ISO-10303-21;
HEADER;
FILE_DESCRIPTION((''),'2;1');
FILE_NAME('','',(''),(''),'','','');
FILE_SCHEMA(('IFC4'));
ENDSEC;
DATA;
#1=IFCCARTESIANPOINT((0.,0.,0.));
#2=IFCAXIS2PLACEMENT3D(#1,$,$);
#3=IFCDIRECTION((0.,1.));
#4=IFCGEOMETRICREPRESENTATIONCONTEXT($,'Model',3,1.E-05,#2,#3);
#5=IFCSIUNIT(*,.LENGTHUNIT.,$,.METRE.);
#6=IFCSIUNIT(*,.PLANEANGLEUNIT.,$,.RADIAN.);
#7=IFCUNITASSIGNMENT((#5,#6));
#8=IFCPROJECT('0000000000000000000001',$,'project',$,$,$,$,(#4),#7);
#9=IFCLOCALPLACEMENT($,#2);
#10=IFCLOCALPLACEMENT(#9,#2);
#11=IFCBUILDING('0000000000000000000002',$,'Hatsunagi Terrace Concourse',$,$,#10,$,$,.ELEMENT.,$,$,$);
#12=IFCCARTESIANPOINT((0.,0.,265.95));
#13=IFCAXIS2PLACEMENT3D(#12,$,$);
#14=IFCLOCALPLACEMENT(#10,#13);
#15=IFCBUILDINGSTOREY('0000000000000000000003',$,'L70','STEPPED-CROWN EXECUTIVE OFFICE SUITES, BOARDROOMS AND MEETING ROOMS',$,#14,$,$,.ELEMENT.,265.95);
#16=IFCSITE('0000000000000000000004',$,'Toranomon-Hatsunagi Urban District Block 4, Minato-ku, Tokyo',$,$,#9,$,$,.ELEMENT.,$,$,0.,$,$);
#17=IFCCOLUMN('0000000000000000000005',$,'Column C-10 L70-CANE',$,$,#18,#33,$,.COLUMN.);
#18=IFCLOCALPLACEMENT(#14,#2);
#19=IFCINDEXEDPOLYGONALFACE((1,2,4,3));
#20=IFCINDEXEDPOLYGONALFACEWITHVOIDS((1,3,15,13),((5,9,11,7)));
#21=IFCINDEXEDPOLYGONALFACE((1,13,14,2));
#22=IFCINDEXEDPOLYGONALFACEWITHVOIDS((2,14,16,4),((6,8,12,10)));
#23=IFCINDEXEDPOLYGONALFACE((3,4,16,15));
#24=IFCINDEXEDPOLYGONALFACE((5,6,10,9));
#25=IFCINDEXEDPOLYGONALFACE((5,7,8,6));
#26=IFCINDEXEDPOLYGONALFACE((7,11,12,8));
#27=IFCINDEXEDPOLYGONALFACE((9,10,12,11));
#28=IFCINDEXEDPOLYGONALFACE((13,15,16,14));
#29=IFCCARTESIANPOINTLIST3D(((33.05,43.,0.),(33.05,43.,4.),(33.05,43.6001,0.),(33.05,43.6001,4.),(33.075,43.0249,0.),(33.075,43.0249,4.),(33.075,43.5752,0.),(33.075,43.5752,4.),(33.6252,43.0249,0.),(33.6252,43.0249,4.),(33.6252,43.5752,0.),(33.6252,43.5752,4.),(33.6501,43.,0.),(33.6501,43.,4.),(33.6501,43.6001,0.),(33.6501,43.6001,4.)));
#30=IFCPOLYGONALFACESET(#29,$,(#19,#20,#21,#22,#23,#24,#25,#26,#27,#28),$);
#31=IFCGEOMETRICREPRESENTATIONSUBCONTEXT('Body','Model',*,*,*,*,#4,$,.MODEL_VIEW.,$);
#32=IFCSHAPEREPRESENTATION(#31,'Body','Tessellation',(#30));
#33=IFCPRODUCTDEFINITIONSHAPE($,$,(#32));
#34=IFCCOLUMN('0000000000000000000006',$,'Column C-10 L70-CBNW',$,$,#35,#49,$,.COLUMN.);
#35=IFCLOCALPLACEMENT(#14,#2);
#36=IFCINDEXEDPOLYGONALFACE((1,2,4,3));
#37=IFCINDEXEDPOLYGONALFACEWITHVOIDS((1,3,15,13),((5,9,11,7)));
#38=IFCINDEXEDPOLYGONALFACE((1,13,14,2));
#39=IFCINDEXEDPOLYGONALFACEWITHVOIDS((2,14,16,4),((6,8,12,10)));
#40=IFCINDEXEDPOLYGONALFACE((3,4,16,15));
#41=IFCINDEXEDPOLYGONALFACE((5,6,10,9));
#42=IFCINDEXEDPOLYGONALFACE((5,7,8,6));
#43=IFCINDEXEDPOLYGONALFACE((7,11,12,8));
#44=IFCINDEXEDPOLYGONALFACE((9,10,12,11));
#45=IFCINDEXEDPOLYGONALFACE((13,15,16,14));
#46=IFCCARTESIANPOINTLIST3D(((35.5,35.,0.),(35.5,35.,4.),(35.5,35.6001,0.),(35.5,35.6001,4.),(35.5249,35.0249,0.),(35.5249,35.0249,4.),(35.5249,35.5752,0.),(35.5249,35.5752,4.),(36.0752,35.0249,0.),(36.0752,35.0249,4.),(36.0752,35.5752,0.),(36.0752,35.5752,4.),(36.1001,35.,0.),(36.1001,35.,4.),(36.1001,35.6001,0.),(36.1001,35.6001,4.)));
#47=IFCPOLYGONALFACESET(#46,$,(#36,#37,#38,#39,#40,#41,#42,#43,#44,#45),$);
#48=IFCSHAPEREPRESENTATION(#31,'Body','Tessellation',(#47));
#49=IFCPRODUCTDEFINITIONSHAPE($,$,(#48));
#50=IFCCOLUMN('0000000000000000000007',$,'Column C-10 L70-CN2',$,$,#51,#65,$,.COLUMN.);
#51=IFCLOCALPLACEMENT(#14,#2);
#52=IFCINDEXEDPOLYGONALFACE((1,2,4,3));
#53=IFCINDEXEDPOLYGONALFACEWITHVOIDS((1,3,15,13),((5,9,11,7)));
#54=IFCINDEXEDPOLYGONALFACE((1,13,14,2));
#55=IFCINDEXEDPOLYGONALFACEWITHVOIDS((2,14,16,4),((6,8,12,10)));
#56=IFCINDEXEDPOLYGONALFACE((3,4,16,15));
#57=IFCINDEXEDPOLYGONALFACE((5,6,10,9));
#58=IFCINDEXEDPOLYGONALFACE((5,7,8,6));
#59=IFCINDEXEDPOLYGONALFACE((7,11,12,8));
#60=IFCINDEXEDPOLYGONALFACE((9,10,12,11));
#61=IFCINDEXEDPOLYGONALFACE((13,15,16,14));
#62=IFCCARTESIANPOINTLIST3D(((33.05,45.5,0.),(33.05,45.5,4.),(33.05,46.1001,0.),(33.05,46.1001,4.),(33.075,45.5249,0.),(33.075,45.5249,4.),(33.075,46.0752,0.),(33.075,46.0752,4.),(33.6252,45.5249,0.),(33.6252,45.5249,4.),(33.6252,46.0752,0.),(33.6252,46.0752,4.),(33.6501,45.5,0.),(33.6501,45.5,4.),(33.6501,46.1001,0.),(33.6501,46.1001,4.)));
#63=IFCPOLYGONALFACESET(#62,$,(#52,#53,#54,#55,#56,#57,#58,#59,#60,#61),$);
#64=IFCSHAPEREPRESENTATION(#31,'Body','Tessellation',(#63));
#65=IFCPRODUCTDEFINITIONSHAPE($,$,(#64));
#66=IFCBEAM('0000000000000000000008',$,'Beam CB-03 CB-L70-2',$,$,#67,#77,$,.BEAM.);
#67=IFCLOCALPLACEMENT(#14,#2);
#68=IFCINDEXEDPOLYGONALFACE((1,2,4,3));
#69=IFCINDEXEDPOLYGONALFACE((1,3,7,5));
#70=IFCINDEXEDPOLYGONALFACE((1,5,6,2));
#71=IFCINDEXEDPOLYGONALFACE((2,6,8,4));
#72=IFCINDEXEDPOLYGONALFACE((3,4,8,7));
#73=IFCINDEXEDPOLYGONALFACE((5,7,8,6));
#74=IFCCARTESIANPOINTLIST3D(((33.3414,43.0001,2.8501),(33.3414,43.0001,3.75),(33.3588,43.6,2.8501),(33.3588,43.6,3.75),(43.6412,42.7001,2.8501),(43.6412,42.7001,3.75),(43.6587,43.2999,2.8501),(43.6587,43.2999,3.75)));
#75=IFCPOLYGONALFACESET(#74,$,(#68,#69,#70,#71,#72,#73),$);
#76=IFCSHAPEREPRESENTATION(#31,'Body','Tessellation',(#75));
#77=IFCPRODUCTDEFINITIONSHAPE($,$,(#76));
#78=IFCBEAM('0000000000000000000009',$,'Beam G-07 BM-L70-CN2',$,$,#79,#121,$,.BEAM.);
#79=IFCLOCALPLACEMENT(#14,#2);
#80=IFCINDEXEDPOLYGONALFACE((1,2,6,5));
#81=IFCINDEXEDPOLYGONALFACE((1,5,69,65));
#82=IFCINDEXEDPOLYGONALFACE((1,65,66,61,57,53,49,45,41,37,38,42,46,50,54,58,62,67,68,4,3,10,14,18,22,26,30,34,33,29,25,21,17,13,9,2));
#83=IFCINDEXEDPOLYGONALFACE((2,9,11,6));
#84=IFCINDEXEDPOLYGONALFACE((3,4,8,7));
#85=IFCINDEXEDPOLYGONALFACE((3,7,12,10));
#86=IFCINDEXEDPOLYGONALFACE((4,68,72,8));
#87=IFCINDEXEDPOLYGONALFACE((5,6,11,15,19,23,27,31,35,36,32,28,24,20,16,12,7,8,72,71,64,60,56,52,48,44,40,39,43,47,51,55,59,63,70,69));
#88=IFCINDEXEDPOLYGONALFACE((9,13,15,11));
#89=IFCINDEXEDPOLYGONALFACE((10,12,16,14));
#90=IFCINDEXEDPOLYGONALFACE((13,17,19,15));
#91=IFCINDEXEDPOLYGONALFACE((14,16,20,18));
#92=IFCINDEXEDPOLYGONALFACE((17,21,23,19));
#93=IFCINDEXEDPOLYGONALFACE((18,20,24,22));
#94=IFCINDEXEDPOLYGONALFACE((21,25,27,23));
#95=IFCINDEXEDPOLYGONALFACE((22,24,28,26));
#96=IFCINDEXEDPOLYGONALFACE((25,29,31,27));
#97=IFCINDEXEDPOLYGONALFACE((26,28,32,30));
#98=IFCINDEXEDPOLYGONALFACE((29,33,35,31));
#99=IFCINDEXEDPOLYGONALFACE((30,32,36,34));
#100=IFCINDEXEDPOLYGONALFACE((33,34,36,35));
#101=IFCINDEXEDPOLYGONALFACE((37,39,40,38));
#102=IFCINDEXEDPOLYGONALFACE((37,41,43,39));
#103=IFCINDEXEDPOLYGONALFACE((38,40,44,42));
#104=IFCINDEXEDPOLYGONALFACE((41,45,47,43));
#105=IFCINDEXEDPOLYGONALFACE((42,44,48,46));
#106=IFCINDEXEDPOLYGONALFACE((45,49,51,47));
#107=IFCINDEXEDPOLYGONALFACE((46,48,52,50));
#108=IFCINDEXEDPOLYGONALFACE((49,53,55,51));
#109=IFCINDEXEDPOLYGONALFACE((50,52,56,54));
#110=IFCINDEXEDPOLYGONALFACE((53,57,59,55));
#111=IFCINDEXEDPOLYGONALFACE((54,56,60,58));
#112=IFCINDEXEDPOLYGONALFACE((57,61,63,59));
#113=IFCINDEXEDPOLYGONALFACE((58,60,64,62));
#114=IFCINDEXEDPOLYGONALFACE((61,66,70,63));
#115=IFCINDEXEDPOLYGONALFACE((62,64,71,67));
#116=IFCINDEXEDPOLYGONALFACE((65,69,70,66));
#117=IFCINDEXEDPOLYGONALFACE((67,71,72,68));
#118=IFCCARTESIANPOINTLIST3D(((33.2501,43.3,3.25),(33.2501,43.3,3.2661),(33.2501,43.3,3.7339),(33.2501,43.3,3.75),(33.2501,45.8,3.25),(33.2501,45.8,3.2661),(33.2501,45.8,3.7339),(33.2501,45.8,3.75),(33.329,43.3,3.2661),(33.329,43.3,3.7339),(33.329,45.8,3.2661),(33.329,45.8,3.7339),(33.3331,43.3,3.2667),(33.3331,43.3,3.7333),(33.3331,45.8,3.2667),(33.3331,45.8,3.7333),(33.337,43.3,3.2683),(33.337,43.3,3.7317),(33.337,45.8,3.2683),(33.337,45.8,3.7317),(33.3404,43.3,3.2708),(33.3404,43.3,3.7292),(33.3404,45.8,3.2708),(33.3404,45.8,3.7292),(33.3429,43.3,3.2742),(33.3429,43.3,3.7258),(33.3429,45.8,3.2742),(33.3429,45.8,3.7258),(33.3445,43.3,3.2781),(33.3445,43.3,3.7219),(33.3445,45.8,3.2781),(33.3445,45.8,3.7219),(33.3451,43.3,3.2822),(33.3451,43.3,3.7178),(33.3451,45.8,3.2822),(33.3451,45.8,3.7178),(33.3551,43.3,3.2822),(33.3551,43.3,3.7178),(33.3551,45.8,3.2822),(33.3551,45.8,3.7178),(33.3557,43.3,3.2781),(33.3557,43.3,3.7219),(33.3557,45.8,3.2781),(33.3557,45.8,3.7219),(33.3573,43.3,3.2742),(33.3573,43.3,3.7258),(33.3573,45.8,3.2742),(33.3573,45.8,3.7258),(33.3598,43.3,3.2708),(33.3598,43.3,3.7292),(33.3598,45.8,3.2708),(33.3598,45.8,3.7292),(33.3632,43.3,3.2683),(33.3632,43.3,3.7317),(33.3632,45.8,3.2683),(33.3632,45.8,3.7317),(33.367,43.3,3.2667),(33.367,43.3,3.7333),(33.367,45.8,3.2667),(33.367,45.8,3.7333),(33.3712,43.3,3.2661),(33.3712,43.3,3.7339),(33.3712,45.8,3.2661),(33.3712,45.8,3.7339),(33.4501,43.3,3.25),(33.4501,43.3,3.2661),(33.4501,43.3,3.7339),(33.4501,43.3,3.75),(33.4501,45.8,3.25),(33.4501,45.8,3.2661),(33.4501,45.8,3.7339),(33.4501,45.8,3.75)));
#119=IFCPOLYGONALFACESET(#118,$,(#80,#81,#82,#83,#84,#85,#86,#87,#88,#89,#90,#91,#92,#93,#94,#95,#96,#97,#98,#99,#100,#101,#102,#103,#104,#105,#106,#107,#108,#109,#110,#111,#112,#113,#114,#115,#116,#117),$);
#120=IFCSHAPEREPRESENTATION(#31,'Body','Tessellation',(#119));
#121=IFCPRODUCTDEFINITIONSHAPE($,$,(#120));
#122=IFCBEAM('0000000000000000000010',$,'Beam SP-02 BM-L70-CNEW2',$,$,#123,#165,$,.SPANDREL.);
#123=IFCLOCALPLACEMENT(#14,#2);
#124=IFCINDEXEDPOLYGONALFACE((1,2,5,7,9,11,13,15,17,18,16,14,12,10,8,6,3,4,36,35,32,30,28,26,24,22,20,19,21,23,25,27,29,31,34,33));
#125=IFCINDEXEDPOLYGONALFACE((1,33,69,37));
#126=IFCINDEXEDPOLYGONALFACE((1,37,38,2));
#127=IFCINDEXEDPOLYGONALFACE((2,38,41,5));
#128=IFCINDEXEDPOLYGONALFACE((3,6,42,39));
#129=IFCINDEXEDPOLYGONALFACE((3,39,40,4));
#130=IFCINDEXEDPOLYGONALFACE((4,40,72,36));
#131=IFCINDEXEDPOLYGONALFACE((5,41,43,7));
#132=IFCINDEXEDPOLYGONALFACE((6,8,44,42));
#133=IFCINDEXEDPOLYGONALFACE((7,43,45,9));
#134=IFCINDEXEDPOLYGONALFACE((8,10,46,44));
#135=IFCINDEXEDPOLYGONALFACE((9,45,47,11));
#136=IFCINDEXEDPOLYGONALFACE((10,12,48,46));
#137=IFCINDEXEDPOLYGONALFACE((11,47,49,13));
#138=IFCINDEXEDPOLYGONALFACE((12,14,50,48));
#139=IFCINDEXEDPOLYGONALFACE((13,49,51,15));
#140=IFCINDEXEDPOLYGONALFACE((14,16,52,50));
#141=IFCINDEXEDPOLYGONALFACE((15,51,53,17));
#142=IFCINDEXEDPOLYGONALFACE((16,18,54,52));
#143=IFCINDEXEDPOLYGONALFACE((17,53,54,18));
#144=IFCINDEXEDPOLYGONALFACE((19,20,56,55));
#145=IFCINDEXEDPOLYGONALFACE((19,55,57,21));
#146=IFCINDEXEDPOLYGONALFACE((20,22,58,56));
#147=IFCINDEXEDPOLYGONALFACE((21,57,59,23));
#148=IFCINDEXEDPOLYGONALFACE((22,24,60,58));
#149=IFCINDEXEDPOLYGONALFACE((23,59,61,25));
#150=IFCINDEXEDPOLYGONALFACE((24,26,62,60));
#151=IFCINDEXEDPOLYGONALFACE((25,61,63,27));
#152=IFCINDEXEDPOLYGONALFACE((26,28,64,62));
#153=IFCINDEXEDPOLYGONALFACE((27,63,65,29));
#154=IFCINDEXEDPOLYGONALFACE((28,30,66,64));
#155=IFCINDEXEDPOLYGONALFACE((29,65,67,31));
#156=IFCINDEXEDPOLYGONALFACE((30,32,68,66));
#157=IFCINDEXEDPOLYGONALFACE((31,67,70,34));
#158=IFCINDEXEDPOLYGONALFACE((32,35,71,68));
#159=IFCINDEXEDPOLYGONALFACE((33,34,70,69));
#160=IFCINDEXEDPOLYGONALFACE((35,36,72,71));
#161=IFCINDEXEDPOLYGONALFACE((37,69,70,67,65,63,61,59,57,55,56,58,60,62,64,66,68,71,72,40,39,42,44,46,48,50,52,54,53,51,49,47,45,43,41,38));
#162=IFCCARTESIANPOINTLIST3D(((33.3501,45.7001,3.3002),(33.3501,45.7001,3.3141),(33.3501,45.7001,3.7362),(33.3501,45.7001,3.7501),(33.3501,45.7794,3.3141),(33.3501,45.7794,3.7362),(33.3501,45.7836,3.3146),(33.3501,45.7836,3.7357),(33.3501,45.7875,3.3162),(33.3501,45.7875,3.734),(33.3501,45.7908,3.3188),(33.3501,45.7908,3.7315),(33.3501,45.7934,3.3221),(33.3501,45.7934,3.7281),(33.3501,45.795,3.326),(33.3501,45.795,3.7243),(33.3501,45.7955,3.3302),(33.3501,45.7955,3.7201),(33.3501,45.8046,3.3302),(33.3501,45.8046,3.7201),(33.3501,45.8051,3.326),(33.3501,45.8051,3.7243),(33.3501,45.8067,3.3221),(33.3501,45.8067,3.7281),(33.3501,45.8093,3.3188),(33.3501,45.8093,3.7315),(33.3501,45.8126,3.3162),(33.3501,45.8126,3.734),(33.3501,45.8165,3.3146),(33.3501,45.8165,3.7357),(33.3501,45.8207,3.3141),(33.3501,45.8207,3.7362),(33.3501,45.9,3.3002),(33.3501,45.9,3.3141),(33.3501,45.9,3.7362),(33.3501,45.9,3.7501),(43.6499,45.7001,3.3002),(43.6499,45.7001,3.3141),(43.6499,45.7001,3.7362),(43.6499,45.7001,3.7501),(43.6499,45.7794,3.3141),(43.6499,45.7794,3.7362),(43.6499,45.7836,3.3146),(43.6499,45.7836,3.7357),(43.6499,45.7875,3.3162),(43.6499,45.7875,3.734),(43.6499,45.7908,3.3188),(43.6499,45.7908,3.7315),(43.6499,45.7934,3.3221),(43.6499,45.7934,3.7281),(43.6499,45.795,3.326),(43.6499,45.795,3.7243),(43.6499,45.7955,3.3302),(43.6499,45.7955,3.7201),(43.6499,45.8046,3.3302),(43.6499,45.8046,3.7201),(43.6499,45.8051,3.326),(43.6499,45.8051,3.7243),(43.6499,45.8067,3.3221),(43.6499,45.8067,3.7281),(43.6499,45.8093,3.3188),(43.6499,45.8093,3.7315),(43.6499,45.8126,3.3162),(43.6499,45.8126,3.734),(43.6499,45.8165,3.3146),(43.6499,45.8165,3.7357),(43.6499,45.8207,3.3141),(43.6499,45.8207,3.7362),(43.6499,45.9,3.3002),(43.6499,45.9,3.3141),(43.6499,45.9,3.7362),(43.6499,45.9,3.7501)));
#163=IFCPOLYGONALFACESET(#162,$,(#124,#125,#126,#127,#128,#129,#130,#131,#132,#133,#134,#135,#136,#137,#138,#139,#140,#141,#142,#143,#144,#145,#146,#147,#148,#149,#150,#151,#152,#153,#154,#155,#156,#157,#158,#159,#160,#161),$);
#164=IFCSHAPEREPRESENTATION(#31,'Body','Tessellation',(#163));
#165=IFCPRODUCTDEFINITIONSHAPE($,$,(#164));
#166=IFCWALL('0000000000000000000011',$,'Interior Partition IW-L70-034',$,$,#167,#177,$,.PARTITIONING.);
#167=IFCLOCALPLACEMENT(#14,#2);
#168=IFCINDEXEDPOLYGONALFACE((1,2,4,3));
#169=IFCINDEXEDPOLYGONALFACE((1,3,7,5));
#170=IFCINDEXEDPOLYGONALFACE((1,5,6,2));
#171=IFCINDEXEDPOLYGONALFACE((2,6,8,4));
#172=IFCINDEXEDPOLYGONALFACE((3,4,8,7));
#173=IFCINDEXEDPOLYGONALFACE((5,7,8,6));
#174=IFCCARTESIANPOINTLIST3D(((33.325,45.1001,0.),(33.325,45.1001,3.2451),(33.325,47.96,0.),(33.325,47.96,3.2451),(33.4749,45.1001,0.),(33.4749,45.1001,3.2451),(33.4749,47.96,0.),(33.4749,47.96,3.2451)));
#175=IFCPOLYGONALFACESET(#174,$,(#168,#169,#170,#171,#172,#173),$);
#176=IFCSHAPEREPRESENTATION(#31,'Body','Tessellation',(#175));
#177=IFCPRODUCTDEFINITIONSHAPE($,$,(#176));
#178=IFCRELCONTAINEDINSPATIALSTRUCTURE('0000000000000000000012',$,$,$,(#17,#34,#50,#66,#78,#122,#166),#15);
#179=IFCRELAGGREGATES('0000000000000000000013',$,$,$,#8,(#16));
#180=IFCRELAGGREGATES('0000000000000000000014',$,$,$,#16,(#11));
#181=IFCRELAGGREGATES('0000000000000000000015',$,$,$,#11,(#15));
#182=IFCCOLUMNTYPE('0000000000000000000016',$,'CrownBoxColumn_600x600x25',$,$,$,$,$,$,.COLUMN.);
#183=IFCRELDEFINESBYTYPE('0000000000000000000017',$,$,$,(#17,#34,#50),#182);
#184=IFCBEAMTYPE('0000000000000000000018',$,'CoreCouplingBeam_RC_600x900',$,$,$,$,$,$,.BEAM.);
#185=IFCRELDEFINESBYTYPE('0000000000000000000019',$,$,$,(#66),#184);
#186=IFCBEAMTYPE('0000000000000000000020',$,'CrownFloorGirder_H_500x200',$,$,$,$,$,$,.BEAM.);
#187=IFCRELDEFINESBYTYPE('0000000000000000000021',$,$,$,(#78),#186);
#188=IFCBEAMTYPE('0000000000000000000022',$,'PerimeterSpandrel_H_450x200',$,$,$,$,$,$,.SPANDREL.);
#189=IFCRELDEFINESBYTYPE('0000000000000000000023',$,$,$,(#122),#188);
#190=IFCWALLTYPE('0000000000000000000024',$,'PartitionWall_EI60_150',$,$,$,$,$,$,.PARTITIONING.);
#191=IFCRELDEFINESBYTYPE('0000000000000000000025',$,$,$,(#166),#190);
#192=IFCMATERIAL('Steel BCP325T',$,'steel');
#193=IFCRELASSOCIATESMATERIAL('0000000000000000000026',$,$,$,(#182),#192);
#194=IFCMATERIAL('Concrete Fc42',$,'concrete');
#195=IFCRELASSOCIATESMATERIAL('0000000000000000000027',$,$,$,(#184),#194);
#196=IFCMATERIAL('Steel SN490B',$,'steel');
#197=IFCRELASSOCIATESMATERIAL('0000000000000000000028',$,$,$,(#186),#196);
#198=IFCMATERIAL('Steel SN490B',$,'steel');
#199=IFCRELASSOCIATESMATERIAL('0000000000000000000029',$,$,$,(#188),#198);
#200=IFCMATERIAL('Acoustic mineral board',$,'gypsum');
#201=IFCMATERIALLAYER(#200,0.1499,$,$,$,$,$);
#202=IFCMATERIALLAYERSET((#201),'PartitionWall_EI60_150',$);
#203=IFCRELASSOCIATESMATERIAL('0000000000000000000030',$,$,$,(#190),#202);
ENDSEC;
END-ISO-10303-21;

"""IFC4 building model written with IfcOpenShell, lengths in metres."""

from ifc_helpers import new_model, si_unit, direction, frame, frame_2d, origin, origin_2d, place, context, subcontext, project, spatial, rectangle, hollow_rectangle, i_section, extrude, material, layer, layer_set, material_profile, profile_set, type_object, element, save


model = new_model("IFC4")

# Units and contexts
model_context = context("Model", 3, precision=1e-05, world=origin(), true_north=direction((0.0, 1.0)))
body_context = subcontext(model_context, "Body", "Model", "MODEL_VIEW")
ifc_project = project(units=[si_unit("LENGTHUNIT", "METRE"), si_unit("PLANEANGLEUNIT", "RADIAN")], contexts=[model_context])

# Site, building, storey
site_placement = place(None, origin())
site = spatial("IfcSite", under=ifc_project, at=site_placement, Name="Toranomon-Hatsunagi Urban District Block 4, Minato-ku, Tokyo", CompositionType="ELEMENT", RefElevation=0.0)
building_placement = place(site_placement, origin())
building = spatial("IfcBuilding", under=site, at=building_placement, Name="Hatsunagi Terrace Concourse", CompositionType="ELEMENT")
storey_placement = place(building_placement, frame((0.0, 0.0, 265.95)))
storey = spatial("IfcBuildingStorey", under=building, at=storey_placement, Name="L70", Description="STEPPED-CROWN EXECUTIVE OFFICE SUITES, BOARDROOMS AND MEETING ROOMS", CompositionType="ELEMENT", Elevation=265.95)

# Columns
ifc_material_1 = material(Name="Steel BCP325T", Category="steel")
ifc_material_profile_1 = material_profile(ifc_material_1, hollow_rectangle(XDim=0.6001, YDim=0.6001, WallThickness=0.0249, at=origin_2d()), Name="BCP-600x600x25")
ifc_profile_set_1 = profile_set([ifc_material_profile_1], Name="Steel BCP325T")
column_type = type_object("IfcColumnType", Name="CrownBoxColumn_600x600x25", PredefinedType="COLUMN", material=ifc_profile_set_1)
for number, where, z_axis, x_axis, name in (
    (1, (33.3501, 43.3, 0.0), (0.0, 0.0, 1.0), (1.0, 0.0, 0.0), "Column C-10 L70-CANE"),
    (2, (35.8, 35.3, 0.0), (0.0, 0.0, 1.0), (1.0, 0.0, 0.0), "Column C-10 L70-CBNW"),
    (3, (33.3501, 45.8, 0.0), (0.0, 0.0, 1.0), (1.0, 0.0, 0.0), "Column C-10 L70-CN2"),
):
    element("IfcColumn", number, at=place(storey_placement, frame(where, z_axis=z_axis, x_axis=x_axis)), inside=storey, type_object=column_type, Name=name, PredefinedType="COLUMN", context=body_context, shape_type="SweptSolid", body=[
        extrude(hollow_rectangle(XDim=0.6001, YDim=0.6001, WallThickness=0.0249, at=origin_2d()), origin(), (0.0, 0.0, 1.0), 4.0),
    ])

# Beams
ifc_material_2 = material(Name="Concrete Fc42", Category="concrete")
ifc_material_profile_2 = material_profile(ifc_material_2, rectangle(XDim=0.6001, YDim=0.8999, at=origin_2d()), Name="RC-600x900")
ifc_profile_set_2 = profile_set([ifc_material_profile_2], Name="Concrete Fc42")
beam_type_1 = type_object("IfcBeamType", Name="CoreCouplingBeam_RC_600x900", PredefinedType="BEAM", material=ifc_profile_set_2)
beam_1_placement = place(storey_placement, frame((33.3501, 43.3, 3.3), z_axis=(0.999576, -0.029119, 0.0), x_axis=(0.029119, 0.999576, 0.0)))
element("IfcBeam", 4, at=beam_1_placement, inside=storey, type_object=beam_type_1, Name="Beam CB-03 CB-L70-2", PredefinedType="BEAM", context=body_context, shape_type="SweptSolid", body=[
    extrude(rectangle(XDim=0.6001, YDim=0.8999, at=origin_2d()), origin(), (0.0, 0.0, 1.0), 10.3042),
])
ifc_material_3 = material(Name="Steel SN490B", Category="steel")
ifc_material_profile_3 = material_profile(ifc_material_3, i_section(OverallWidth=0.2, OverallDepth=0.5, WebThickness=0.01, FlangeThickness=0.0161, FilletRadius=0.0161, at=origin_2d()), Name="H-500x200x10x16")
ifc_profile_set_3 = profile_set([ifc_material_profile_3], Name="Steel SN490B")
beam_type_2 = type_object("IfcBeamType", Name="CrownFloorGirder_H_500x200", PredefinedType="BEAM", material=ifc_profile_set_3)
beam_2_placement = place(storey_placement, frame((33.3501, 43.3, 3.5), z_axis=(0.0, 1.0, 0.0), x_axis=(-1.0, 0.0, 0.0)))
element("IfcBeam", 5, at=beam_2_placement, inside=storey, type_object=beam_type_2, Name="Beam G-07 BM-L70-CN2", PredefinedType="BEAM", context=body_context, shape_type="SweptSolid", body=[
    extrude(i_section(OverallWidth=0.2, OverallDepth=0.5, WebThickness=0.01, FlangeThickness=0.0161, FilletRadius=0.0161, at=origin_2d()), origin(), (0.0, 0.0, 1.0), 2.5),
])
ifc_material_4 = material(Name="Steel SN490B", Category="steel")
ifc_material_profile_4 = material_profile(ifc_material_4, i_section(OverallWidth=0.2, OverallDepth=0.45, WebThickness=0.009, FlangeThickness=0.0139, FilletRadius=0.0161, at=origin_2d()), Name="H-450x200x9x14")
ifc_profile_set_4 = profile_set([ifc_material_profile_4], Name="Steel SN490B")
beam_type_3 = type_object("IfcBeamType", Name="PerimeterSpandrel_H_450x200", PredefinedType="SPANDREL", material=ifc_profile_set_4)
beam_3_placement = place(storey_placement, frame((33.3501, 45.8, 3.5251), z_axis=(1.0, 0.0, 0.0), x_axis=(0.0, 1.0, 0.0)))
element("IfcBeam", 6, at=beam_3_placement, inside=storey, type_object=beam_type_3, Name="Beam SP-02 BM-L70-CNEW2", PredefinedType="SPANDREL", context=body_context, shape_type="SweptSolid", body=[
    extrude(i_section(OverallWidth=0.2, OverallDepth=0.45, WebThickness=0.009, FlangeThickness=0.0139, FilletRadius=0.0161, at=origin_2d()), origin(), (0.0, 0.0, 1.0), 10.2998),
])

# Wall
ifc_material_5 = material(Name="Acoustic mineral board", Category="gypsum")
ifc_layer_1 = layer(ifc_material_5, 0.1499)
ifc_layer_set_1 = layer_set([ifc_layer_1], Name="PartitionWall_EI60_150")
wall_type_1 = type_object("IfcWallType", Name="PartitionWall_EI60_150", PredefinedType="PARTITIONING", material=ifc_layer_set_1)
wall_1_placement = place(storey_placement, frame((33.3999, 45.1001, 0.0), z_axis=(0.0, 0.0, 1.0), x_axis=(0.0, 1.0, 0.0)))
element("IfcWall", 7, at=wall_1_placement, inside=storey, type_object=wall_type_1, Name="Interior Partition IW-L70-034", PredefinedType="PARTITIONING", context=body_context, shape_type="SweptSolid", body=[
    extrude(rectangle(XDim=2.8599, YDim=0.1499, at=frame_2d((1.4299, 0.0))), origin(), (0.0, 0.0, 1.0), 3.2451),
])

save(model, "model.ifc")
